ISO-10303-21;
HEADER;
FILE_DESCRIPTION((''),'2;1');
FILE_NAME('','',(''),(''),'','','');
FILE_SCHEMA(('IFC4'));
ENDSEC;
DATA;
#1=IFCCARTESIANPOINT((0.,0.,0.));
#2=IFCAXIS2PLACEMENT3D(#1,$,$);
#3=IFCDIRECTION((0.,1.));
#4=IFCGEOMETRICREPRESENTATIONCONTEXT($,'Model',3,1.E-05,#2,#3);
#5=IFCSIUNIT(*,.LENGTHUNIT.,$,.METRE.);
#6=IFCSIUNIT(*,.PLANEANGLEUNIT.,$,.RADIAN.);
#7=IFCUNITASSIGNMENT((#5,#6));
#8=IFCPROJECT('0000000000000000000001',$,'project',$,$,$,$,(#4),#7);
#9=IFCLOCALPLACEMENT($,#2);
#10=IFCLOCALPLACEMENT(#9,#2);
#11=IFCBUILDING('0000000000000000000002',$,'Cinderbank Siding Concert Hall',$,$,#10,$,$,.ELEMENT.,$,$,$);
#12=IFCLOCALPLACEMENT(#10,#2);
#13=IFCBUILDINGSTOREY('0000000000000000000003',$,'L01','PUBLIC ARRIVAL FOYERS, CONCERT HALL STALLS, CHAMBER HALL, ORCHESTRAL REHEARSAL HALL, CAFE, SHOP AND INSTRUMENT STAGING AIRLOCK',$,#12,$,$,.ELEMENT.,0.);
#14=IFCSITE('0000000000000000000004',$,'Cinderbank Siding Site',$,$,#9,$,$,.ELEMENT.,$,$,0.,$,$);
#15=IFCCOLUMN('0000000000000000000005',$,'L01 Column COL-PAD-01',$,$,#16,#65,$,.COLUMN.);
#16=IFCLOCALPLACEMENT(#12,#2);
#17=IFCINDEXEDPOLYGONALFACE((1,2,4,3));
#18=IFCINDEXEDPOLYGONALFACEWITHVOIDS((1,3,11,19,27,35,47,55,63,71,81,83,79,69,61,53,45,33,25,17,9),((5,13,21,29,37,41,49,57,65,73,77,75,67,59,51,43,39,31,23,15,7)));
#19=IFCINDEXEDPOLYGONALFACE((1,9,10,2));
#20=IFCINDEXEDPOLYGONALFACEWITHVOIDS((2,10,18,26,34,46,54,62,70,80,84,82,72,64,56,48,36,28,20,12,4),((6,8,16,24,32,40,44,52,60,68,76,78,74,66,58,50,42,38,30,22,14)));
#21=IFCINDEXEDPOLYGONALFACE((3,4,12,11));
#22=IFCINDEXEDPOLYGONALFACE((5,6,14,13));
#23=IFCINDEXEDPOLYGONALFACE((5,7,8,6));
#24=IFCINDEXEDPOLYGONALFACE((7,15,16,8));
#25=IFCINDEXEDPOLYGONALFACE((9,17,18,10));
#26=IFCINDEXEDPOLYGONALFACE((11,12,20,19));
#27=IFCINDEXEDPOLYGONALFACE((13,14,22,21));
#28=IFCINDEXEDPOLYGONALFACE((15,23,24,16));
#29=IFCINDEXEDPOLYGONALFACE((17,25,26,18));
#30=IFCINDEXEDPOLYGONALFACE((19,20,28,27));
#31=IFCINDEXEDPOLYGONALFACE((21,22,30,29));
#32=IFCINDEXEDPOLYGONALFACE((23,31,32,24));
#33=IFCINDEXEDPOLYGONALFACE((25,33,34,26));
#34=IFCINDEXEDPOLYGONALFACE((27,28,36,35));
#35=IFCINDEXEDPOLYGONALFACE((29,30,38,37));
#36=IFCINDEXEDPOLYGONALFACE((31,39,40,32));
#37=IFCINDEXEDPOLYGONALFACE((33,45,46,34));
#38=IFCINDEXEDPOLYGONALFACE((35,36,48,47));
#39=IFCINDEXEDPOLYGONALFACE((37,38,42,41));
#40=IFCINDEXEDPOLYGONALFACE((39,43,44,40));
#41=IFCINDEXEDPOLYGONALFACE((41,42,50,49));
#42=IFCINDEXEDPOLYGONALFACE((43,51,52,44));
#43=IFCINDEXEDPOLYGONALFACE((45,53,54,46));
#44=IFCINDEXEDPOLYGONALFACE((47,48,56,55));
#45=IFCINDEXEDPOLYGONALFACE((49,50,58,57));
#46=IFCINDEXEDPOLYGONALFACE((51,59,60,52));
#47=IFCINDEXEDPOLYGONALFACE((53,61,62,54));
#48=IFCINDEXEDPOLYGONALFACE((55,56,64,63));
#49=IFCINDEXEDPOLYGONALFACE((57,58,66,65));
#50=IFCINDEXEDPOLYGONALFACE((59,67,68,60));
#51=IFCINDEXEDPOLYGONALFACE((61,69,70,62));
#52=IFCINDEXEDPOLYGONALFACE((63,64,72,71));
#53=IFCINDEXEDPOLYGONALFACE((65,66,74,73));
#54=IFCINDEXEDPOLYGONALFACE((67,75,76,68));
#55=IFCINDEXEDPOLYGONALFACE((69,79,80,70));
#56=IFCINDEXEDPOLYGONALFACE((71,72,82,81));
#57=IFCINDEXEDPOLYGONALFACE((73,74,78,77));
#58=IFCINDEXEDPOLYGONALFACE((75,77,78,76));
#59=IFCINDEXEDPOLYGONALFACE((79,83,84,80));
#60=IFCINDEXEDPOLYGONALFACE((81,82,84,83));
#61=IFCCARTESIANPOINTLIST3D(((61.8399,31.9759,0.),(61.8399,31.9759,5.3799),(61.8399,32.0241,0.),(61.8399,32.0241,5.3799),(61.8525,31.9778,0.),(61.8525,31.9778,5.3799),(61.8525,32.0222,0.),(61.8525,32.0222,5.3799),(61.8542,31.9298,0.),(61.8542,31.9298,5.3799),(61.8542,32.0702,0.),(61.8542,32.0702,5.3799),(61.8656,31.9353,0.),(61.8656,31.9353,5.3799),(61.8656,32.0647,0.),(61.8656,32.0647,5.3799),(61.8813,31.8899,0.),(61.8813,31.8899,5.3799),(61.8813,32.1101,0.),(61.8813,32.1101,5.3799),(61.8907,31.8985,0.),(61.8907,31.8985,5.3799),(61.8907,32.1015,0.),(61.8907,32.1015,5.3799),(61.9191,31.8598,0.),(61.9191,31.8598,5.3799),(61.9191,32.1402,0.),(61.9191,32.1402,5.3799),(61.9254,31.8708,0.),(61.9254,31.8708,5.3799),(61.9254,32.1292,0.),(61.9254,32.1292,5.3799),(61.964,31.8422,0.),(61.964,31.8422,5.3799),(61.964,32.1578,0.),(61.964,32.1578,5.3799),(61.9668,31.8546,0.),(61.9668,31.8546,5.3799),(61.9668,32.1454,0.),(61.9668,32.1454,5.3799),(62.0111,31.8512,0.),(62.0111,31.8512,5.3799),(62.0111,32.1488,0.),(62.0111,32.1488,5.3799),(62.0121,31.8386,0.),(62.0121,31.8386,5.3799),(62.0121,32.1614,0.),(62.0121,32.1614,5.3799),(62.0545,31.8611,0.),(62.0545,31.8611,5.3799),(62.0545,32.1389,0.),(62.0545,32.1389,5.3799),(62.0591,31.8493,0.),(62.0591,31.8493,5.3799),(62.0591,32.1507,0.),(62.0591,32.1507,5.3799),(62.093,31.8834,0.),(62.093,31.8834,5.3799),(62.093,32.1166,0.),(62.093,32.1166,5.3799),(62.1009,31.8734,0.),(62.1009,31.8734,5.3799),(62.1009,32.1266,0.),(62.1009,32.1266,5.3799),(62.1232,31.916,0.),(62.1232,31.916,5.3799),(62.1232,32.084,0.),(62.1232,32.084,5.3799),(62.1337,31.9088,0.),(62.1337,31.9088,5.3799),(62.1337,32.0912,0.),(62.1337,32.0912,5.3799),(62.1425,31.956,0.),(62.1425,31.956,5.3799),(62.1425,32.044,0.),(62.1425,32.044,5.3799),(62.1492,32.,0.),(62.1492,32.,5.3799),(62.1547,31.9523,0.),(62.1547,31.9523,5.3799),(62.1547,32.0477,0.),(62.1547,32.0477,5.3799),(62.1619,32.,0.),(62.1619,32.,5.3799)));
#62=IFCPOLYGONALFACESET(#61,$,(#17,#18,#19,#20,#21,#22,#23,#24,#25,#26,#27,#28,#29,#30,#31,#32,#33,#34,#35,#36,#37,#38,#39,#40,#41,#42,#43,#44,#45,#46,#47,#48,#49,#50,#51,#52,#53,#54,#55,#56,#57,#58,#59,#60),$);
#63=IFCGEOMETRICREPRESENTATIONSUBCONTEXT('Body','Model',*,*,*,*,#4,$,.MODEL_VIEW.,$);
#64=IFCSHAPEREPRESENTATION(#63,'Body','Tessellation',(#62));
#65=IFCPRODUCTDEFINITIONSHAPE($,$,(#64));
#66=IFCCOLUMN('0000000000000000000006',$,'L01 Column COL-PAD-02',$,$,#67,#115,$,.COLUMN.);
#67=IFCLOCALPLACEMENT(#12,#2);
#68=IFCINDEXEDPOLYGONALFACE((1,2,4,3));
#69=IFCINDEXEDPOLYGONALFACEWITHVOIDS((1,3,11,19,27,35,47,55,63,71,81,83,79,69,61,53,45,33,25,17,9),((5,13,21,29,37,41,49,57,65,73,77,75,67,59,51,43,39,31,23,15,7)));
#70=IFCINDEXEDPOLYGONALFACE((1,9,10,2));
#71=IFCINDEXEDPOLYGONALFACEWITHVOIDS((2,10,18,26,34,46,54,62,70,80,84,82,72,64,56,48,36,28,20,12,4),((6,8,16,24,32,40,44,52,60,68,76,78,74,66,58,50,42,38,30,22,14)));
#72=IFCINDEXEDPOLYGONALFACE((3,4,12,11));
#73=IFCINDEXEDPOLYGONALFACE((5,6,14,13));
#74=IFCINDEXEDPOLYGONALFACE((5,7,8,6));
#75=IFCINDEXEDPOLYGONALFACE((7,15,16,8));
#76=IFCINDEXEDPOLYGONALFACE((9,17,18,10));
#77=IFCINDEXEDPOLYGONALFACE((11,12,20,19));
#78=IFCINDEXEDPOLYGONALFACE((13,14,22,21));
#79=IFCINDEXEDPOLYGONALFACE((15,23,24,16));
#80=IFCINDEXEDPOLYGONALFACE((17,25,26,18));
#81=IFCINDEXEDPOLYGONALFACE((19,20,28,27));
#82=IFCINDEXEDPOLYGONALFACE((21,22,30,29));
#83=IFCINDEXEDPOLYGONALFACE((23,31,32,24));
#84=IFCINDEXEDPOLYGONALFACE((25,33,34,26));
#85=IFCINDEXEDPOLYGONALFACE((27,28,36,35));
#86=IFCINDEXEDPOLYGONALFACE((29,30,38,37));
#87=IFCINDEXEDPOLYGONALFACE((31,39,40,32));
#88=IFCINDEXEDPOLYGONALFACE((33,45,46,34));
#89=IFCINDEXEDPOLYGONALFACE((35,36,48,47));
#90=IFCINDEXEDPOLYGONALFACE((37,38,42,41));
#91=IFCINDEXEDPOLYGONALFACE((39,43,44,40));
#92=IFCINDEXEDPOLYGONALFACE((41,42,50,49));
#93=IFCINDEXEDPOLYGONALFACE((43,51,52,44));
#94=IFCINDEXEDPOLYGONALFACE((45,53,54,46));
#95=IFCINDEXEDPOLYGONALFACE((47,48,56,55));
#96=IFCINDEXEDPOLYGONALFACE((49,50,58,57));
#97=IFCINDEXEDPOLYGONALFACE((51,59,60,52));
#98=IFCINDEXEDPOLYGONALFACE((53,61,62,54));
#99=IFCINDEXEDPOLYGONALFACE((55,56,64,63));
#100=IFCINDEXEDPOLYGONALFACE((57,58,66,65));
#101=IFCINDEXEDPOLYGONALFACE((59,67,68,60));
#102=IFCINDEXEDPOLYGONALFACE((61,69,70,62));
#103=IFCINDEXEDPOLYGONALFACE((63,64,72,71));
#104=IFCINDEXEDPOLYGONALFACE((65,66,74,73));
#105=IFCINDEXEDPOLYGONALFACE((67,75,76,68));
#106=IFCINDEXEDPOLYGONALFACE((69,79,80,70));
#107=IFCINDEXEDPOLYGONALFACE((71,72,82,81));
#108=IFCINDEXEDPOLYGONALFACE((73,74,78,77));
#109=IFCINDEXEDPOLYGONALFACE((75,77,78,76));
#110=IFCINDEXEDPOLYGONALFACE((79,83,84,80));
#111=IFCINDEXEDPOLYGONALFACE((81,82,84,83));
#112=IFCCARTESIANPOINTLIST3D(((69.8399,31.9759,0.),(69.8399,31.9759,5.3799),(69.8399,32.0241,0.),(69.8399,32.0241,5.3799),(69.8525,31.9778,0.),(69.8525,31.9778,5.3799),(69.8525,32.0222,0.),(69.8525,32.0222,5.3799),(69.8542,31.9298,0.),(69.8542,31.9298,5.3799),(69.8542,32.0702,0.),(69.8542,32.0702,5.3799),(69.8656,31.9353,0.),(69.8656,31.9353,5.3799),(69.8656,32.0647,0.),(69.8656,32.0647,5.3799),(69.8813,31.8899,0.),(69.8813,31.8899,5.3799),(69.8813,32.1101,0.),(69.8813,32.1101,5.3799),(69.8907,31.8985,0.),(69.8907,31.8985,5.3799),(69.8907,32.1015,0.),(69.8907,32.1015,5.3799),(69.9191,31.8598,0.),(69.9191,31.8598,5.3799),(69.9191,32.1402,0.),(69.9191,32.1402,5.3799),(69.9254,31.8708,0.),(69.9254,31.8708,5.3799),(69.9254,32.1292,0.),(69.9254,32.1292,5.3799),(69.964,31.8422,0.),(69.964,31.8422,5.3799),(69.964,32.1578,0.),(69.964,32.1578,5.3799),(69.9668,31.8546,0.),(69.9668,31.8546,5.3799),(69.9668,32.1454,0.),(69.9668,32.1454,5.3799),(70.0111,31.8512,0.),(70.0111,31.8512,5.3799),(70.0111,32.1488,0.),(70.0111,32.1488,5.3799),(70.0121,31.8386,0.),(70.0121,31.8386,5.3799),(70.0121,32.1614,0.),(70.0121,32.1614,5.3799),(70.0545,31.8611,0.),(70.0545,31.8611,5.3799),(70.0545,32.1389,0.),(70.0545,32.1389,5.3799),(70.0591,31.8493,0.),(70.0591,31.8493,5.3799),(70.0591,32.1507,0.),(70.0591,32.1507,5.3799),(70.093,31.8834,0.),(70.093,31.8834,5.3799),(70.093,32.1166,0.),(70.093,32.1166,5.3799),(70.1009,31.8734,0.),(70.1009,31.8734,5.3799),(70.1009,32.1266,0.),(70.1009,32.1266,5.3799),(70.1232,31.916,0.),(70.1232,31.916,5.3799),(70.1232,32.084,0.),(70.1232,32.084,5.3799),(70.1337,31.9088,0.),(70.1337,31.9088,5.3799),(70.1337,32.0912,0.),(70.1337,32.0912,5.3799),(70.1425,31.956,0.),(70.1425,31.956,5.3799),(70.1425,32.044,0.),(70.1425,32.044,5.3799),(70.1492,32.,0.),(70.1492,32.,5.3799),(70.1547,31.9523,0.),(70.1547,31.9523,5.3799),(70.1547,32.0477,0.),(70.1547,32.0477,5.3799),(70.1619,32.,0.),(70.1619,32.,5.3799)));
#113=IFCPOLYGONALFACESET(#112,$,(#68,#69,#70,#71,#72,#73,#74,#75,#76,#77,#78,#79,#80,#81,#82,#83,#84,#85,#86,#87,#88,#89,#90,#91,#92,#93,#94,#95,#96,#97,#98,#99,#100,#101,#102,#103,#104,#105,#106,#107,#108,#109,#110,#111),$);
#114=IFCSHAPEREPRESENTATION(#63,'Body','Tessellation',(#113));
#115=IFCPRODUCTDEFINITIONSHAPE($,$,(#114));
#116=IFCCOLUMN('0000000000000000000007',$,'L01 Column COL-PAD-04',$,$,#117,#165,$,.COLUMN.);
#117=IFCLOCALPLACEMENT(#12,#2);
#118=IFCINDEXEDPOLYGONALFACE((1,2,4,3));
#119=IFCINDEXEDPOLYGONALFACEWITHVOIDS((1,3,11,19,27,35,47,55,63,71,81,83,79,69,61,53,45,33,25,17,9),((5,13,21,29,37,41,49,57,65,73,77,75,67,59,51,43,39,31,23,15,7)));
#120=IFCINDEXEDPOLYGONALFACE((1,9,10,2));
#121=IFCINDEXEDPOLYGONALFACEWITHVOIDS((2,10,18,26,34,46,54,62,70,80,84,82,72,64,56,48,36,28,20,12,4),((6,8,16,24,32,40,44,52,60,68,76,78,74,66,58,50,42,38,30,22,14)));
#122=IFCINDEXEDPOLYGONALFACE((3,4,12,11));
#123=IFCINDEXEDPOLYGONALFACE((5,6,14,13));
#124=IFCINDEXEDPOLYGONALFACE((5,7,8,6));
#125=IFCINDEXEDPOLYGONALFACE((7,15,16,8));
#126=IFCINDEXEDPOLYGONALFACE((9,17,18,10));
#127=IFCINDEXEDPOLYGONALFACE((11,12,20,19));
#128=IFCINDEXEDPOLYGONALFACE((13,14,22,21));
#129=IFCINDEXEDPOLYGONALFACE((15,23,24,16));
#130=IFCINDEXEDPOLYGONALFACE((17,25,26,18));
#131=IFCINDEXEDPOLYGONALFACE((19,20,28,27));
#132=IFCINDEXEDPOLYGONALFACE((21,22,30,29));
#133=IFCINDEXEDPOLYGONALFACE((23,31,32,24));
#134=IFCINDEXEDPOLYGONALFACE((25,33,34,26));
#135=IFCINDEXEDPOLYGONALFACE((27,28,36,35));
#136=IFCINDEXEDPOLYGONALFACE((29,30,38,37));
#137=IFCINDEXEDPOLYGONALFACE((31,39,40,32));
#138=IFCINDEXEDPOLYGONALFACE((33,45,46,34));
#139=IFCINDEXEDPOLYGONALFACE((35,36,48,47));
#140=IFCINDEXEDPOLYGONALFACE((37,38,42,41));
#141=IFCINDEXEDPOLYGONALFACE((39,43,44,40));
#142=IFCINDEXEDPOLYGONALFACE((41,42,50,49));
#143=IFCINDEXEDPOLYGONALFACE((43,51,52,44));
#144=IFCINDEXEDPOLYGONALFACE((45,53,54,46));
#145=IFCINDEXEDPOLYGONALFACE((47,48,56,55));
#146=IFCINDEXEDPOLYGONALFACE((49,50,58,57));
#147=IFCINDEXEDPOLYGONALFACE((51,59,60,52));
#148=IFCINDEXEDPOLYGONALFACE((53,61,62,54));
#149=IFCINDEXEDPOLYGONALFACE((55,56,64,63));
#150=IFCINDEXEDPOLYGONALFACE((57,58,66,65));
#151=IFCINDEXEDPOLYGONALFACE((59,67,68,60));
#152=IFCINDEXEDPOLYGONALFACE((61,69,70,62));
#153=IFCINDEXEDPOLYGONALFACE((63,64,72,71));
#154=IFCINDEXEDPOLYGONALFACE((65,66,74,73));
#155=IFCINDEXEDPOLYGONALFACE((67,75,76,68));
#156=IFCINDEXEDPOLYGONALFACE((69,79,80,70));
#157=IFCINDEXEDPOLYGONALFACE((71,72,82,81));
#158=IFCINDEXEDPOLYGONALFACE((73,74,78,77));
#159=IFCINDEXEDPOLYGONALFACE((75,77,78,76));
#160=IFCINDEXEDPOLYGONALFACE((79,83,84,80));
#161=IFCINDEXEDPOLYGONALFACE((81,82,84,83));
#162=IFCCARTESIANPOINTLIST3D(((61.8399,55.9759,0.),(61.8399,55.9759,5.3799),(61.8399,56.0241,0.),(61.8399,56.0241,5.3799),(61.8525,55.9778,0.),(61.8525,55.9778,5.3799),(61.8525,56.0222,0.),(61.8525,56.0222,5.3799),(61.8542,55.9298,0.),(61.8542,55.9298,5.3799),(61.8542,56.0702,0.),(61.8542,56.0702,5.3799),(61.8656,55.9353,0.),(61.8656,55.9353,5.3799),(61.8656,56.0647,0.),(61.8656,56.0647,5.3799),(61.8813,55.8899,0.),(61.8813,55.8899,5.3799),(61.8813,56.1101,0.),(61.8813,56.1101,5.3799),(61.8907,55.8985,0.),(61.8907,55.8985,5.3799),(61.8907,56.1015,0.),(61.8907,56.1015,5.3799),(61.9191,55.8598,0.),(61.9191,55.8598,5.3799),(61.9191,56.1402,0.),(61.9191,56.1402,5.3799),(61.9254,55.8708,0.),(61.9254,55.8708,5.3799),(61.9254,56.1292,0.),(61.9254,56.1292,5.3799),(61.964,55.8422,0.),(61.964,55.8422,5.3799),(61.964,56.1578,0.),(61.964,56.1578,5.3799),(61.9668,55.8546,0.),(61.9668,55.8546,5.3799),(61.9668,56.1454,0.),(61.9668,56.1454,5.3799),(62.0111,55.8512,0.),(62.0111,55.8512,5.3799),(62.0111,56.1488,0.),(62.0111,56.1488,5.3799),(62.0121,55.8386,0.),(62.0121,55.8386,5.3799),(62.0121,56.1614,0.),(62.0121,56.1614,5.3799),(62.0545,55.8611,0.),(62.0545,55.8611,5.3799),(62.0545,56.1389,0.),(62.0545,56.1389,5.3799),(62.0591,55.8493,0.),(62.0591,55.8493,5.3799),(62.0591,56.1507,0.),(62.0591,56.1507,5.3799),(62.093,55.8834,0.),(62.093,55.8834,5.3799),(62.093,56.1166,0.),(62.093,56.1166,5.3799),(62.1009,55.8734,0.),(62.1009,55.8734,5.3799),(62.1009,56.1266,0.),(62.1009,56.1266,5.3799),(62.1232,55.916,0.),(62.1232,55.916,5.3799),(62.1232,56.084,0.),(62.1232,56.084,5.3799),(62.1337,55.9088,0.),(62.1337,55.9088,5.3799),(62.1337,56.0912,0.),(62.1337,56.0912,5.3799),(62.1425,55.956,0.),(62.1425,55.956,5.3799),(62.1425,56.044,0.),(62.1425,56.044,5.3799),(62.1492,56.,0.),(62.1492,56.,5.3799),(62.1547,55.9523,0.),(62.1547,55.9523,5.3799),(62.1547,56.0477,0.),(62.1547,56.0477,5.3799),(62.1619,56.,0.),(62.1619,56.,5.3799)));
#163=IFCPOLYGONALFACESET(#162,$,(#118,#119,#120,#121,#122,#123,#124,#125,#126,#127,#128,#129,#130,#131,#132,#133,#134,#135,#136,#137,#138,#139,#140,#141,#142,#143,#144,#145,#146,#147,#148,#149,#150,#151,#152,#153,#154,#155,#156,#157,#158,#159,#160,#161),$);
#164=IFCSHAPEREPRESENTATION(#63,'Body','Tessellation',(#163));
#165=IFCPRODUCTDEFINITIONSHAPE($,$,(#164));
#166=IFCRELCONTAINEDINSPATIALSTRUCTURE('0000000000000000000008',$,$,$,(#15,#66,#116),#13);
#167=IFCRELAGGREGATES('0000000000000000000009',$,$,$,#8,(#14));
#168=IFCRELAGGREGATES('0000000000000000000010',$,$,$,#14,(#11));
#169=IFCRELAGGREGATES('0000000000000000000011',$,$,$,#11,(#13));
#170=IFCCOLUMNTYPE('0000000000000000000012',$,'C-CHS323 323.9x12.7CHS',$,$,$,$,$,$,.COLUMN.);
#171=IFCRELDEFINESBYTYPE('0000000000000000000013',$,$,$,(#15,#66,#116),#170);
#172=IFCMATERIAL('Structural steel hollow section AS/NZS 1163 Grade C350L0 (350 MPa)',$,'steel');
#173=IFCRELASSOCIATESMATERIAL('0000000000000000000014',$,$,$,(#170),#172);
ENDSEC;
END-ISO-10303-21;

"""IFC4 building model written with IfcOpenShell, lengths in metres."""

from ifc_helpers import new_model, si_unit, direction, frame, origin, origin_2d, place, context, subcontext, project, spatial, hollow_circle, extrude, material, material_profile, profile_set, type_object, element, save


model = new_model("IFC4")

# Units and contexts
model_context = context("Model", 3, precision=1e-05, world=origin(), true_north=direction((0.0, 1.0)))
body_context = subcontext(model_context, "Body", "Model", "MODEL_VIEW")
ifc_project = project(units=[si_unit("LENGTHUNIT", "METRE"), si_unit("PLANEANGLEUNIT", "RADIAN")], contexts=[model_context])

# Site, building, storey
site_placement = place(None, origin())
site = spatial("IfcSite", under=ifc_project, at=site_placement, Name="Cinderbank Siding Site", CompositionType="ELEMENT", RefElevation=0.0)
building_placement = place(site_placement, origin())
building = spatial("IfcBuilding", under=site, at=building_placement, Name="Cinderbank Siding Concert Hall", CompositionType="ELEMENT")
storey_placement = place(building_placement, origin())
storey = spatial("IfcBuildingStorey", under=building, at=storey_placement, Name="L01", Description="PUBLIC ARRIVAL FOYERS, CONCERT HALL STALLS, CHAMBER HALL, ORCHESTRAL REHEARSAL HALL, CAFE, SHOP AND INSTRUMENT STAGING AIRLOCK", CompositionType="ELEMENT", Elevation=0.0)

# Columns
ifc_material_1 = material(Name="Structural steel hollow section AS/NZS 1163 Grade C350L0 (350 MPa)", Category="steel")
ifc_material_profile_1 = material_profile(ifc_material_1, hollow_circle(Radius=0.1619, WallThickness=0.0127, at=origin_2d()), Name="323.9x12.7CHS", Category="LoadBearing")
ifc_profile_set_1 = profile_set([ifc_material_profile_1], Name="Structural steel hollow section AS/NZS 1163 Grade C350L0 (350 MPa)")
column_type_1 = type_object("IfcColumnType", Name="C-CHS323 323.9x12.7CHS", PredefinedType="COLUMN", material=ifc_profile_set_1)
for number, where, z_axis, x_axis, name in (
    (1, (62.0, 32.0, 0.0), (0.0, 0.0, 1.0), (1.0, 0.0, 0.0), "L01 Column COL-PAD-01"),
    (2, (70.0, 32.0, 0.0), (0.0, 0.0, 1.0), (1.0, 0.0, 0.0), "L01 Column COL-PAD-02"),
    (3, (62.0, 56.0, 0.0), (0.0, 0.0, 1.0), (1.0, 0.0, 0.0), "L01 Column COL-PAD-04"),
):
    element("IfcColumn", number, at=place(storey_placement, frame(where, z_axis=z_axis, x_axis=x_axis)), inside=storey, type_object=column_type_1, Name=name, PredefinedType="COLUMN", context=body_context, shape_type="SweptSolid", body=[
        extrude(hollow_circle(Radius=0.1619, WallThickness=0.0127, at=origin_2d()), origin(), (0.0, 0.0, 1.0), 5.3799),
    ])

save(model, "model.ifc")
